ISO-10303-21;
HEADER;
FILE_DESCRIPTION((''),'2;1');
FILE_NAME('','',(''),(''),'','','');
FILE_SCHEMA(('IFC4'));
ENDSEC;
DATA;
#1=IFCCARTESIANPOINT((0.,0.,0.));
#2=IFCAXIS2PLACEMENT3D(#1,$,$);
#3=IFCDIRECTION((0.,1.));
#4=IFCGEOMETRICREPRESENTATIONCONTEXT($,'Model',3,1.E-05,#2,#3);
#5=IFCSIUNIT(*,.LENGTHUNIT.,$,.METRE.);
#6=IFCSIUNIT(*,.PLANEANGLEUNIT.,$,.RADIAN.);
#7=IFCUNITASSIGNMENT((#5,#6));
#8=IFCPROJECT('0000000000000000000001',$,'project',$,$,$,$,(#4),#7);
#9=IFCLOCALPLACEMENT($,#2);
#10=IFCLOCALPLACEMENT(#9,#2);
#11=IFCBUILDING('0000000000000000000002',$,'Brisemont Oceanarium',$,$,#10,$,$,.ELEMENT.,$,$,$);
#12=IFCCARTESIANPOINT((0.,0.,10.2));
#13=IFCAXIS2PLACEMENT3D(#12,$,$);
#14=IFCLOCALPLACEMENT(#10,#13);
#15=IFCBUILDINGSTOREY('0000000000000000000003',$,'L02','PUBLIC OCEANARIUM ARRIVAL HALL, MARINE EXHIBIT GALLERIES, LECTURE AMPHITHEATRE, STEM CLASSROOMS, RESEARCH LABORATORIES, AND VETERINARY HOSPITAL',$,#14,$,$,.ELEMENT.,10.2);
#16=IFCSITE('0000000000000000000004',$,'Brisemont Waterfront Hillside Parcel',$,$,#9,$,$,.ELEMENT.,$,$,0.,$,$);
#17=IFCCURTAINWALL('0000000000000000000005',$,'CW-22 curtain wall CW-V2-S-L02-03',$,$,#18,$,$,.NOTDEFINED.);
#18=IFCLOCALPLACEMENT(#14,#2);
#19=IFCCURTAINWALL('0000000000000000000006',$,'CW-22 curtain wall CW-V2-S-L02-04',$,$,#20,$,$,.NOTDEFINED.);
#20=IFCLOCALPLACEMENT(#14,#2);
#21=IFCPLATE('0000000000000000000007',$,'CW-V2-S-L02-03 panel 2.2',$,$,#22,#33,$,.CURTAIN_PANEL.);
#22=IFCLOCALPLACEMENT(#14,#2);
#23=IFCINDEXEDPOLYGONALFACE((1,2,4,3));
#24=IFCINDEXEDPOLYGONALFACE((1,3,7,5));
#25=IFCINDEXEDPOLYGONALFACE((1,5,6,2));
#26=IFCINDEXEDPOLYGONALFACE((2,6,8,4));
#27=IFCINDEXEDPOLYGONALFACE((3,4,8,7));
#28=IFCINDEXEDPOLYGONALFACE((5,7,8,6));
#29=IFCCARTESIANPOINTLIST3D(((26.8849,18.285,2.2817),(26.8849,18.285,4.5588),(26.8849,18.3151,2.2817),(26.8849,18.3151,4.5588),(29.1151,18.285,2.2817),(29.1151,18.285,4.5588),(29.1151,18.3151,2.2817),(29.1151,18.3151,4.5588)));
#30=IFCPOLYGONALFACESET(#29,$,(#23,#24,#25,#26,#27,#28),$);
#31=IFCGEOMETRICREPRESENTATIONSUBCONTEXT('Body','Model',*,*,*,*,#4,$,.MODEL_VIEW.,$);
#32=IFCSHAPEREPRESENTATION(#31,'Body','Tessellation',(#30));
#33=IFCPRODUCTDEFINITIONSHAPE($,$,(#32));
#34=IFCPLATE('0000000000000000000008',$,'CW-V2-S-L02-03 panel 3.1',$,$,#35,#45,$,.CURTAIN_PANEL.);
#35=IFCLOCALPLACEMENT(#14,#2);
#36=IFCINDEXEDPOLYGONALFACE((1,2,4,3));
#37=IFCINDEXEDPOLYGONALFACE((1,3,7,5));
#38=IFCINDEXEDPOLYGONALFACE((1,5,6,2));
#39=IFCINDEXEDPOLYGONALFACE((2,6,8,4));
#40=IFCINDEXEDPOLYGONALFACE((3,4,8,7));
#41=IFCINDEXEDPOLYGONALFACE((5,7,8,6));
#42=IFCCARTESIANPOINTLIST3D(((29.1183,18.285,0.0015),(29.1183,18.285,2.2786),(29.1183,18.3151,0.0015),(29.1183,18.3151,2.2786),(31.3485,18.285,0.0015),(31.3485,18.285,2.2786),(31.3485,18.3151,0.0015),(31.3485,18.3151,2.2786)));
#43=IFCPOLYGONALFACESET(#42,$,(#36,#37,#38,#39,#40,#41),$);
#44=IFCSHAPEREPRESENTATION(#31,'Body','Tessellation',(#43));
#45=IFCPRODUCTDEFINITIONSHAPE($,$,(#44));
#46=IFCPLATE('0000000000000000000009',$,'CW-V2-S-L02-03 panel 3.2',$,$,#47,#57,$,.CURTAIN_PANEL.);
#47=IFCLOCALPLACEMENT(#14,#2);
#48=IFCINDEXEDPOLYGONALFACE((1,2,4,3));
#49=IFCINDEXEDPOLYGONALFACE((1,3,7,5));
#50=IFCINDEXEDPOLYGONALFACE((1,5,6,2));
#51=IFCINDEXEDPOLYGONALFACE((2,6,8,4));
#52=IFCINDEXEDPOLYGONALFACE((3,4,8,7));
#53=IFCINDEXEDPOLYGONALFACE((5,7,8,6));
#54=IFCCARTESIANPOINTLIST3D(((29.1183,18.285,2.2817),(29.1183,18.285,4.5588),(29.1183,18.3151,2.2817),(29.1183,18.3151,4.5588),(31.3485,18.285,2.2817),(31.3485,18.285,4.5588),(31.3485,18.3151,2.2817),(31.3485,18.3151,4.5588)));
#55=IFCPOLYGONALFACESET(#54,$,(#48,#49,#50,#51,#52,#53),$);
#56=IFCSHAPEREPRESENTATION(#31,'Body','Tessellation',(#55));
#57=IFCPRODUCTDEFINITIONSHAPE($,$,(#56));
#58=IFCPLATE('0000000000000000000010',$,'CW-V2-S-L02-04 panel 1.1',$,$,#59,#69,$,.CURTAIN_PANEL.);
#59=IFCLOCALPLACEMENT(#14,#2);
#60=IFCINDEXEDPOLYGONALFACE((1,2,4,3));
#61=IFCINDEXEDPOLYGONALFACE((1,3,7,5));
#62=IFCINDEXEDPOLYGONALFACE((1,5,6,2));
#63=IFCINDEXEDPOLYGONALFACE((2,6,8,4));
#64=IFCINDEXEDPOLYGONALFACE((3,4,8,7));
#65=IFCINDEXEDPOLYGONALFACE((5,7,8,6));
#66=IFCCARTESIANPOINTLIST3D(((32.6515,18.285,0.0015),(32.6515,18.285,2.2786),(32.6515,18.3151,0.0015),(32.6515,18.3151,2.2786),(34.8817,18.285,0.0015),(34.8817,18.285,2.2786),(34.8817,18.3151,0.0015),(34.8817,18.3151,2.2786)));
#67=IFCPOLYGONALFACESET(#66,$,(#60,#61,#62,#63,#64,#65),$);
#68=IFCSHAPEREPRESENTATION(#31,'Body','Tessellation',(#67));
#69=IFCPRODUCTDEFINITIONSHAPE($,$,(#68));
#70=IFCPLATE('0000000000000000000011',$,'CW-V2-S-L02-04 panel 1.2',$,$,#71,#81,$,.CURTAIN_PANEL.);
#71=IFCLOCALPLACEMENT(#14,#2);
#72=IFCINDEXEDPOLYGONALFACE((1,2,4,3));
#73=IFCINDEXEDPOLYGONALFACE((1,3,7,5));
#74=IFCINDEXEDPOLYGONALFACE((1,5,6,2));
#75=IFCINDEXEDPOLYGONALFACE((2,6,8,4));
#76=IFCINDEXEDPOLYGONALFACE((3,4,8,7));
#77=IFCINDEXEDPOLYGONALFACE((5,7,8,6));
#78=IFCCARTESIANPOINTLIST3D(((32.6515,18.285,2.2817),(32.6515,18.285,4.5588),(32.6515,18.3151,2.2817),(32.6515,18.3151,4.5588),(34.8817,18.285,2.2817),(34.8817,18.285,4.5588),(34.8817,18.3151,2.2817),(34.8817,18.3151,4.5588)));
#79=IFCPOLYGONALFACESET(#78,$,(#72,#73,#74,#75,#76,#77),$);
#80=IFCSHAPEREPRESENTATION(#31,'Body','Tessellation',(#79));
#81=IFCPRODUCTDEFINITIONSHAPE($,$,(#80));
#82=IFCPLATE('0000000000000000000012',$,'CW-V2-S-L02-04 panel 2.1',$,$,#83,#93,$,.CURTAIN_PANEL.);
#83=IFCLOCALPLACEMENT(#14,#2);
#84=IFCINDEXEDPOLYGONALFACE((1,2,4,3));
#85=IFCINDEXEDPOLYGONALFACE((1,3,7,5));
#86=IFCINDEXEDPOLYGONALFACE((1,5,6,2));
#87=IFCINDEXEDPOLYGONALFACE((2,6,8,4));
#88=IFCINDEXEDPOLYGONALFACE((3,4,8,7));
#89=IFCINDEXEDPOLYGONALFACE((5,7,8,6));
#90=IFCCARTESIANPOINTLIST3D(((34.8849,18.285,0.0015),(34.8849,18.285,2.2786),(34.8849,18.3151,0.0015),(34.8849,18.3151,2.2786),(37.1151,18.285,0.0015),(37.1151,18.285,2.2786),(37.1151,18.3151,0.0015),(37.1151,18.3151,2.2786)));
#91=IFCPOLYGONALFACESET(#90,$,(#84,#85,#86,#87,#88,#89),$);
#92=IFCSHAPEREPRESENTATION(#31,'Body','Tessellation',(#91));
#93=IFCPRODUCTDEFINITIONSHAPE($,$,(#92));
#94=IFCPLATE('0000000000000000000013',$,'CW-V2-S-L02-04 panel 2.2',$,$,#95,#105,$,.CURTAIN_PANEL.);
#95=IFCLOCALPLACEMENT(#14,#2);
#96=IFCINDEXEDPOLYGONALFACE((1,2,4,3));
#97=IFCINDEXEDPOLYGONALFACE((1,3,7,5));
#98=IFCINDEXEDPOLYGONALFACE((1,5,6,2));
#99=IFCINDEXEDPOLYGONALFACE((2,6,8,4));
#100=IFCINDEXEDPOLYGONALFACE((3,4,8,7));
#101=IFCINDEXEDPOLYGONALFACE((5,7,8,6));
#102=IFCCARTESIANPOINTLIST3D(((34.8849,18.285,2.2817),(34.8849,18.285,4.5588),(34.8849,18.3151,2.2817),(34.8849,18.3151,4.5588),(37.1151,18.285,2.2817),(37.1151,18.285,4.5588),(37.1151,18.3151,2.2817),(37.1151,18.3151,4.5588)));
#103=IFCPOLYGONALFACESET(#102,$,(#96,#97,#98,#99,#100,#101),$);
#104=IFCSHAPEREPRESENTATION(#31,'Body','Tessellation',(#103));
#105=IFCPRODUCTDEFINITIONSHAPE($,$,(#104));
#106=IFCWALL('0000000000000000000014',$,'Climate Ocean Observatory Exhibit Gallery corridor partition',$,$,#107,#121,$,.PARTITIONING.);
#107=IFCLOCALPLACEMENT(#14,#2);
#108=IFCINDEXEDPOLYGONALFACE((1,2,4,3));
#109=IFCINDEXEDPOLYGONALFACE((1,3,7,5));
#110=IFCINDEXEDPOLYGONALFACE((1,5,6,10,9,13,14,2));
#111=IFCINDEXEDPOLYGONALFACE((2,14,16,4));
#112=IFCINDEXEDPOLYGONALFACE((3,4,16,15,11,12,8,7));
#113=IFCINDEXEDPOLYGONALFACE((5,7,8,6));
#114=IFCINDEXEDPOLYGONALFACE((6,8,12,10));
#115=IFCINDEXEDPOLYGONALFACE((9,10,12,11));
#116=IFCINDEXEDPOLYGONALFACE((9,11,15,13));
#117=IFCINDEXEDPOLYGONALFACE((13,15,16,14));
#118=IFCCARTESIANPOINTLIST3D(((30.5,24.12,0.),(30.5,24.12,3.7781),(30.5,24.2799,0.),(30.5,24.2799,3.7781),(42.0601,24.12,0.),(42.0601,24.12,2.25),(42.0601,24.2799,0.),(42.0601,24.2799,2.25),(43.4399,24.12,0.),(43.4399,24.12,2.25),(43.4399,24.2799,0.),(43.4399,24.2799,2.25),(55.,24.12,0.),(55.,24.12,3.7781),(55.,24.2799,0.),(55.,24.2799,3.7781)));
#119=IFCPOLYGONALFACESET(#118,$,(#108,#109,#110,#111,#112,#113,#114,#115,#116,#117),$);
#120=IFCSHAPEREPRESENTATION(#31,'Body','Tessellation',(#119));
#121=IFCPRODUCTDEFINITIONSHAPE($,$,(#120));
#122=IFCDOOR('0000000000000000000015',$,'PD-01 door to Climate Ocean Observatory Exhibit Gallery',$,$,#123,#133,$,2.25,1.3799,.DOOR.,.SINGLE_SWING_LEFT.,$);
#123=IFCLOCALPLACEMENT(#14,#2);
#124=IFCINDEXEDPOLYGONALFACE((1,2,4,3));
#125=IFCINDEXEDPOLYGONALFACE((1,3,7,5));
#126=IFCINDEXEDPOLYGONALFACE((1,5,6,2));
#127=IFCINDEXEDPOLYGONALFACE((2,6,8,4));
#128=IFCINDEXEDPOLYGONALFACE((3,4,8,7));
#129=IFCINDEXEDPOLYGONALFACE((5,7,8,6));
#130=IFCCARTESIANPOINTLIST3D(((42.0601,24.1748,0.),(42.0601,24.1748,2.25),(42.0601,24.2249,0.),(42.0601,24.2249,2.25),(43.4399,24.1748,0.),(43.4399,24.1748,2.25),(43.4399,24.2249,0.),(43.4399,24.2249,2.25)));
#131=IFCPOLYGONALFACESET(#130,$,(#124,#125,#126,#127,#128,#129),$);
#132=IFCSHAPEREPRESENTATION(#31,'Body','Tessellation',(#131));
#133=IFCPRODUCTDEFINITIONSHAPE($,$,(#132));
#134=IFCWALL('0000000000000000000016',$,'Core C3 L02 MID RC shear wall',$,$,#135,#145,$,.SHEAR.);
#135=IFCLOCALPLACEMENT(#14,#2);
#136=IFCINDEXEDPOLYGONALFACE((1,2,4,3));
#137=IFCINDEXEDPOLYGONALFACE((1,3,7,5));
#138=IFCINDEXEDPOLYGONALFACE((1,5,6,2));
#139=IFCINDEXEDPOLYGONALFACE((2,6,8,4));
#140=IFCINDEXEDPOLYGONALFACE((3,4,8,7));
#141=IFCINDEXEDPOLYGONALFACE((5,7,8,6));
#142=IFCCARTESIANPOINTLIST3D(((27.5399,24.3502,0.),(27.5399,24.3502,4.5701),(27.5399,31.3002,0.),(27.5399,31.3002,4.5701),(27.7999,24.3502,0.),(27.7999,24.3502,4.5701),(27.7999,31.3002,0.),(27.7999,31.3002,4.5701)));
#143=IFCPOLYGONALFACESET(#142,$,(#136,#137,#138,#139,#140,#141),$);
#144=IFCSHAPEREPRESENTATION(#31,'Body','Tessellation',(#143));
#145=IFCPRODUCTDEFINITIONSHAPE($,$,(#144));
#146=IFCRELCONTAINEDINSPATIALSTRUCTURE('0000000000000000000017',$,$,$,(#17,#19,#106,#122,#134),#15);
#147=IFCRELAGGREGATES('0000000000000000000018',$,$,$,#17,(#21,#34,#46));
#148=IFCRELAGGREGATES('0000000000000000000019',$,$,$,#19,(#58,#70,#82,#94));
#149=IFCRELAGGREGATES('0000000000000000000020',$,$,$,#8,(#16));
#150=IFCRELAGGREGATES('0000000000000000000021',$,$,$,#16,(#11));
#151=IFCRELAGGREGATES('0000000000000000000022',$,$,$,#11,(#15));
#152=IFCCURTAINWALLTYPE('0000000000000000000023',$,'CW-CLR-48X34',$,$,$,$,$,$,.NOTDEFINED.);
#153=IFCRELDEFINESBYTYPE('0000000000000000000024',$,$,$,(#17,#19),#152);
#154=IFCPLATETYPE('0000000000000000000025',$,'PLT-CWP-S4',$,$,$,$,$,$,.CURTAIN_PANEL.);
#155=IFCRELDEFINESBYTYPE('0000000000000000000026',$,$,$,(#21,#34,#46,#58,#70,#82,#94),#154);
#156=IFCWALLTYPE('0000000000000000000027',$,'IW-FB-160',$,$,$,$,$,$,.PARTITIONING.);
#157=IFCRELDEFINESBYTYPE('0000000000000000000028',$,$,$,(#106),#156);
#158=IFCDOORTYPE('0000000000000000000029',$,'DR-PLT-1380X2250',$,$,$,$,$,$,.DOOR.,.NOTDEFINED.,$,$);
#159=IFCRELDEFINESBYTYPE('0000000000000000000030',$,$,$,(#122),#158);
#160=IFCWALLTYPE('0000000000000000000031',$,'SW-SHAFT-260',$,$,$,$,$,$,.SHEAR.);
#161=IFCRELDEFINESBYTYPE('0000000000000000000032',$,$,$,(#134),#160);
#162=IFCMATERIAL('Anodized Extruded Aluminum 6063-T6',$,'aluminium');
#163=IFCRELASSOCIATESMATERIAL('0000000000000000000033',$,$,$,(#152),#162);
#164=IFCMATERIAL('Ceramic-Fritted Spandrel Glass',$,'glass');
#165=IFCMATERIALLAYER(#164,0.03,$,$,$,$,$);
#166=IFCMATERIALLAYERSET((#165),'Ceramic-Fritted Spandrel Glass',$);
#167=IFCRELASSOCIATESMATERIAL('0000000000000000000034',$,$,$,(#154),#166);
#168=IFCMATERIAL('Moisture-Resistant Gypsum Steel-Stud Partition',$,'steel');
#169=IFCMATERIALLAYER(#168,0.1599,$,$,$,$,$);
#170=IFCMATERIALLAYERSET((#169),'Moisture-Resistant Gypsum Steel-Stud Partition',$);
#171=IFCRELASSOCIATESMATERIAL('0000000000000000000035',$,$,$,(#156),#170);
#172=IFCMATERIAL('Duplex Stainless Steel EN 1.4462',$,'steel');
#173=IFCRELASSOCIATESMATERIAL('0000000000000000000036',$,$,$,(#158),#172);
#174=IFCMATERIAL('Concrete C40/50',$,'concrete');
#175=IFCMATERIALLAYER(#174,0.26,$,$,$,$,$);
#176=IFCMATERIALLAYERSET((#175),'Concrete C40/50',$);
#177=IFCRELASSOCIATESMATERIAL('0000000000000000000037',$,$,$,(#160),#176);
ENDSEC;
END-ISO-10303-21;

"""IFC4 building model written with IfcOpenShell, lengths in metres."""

from ifc_helpers import new_model, si_unit, direction, frame, frame_2d, origin, origin_2d, place, context, subcontext, project, spatial, rectangle, extrude, material, layer, layer_set, type_object, element, fill, aggregate, save


model = new_model("IFC4")

# Units and contexts
model_context = context("Model", 3, precision=1e-05, world=origin(), true_north=direction((0.0, 1.0)))
body_context = subcontext(model_context, "Body", "Model", "MODEL_VIEW")
ifc_project = project(units=[si_unit("LENGTHUNIT", "METRE"), si_unit("PLANEANGLEUNIT", "RADIAN")], contexts=[model_context])

# Site, building, storey
site_placement = place(None, origin())
site = spatial("IfcSite", under=ifc_project, at=site_placement, Name="Brisemont Waterfront Hillside Parcel", CompositionType="ELEMENT", RefElevation=0.0)
building_placement = place(site_placement, origin())
building = spatial("IfcBuilding", under=site, at=building_placement, Name="Brisemont Oceanarium", CompositionType="ELEMENT")
storey_placement = place(building_placement, frame((0.0, 0.0, 10.2)))
storey = spatial("IfcBuildingStorey", under=building, at=storey_placement, Name="L02", Description="PUBLIC OCEANARIUM ARRIVAL HALL, MARINE EXHIBIT GALLERIES, LECTURE AMPHITHEATRE, STEM CLASSROOMS, RESEARCH LABORATORIES, AND VETERINARY HOSPITAL", CompositionType="ELEMENT", Elevation=10.2)

# Curtain walls
ifc_material_1 = material(Name="Anodized Extruded Aluminum 6063-T6", Category="aluminium")
curtain_wall_type = type_object("IfcCurtainWallType", Name="CW-CLR-48X34", PredefinedType="NOTDEFINED", material=ifc_material_1)
curtain_wall_1_placement = place(storey_placement, origin())
curtain_wall_1 = element("IfcCurtainWall", 1, at=curtain_wall_1_placement, inside=storey, type_object=curtain_wall_type, Name="CW-22 curtain wall CW-V2-S-L02-03", PredefinedType="NOTDEFINED")
curtain_wall_2_placement = place(storey_placement, origin())
curtain_wall_2 = element("IfcCurtainWall", 2, at=curtain_wall_2_placement, inside=storey, type_object=curtain_wall_type, Name="CW-22 curtain wall CW-V2-S-L02-04", PredefinedType="NOTDEFINED")

# Plates
ifc_material_2 = material(Name="Ceramic-Fritted Spandrel Glass", Category="glass")
ifc_layer_1 = layer(ifc_material_2, 0.03)
ifc_layer_set_1 = layer_set([ifc_layer_1], Name="Ceramic-Fritted Spandrel Glass")
plate_type = type_object("IfcPlateType", Name="PLT-CWP-S4", PredefinedType="CURTAIN_PANEL", material=ifc_layer_set_1)
plate_1_placement = place(storey_placement, frame((28.0, 18.3, 2.2817), z_axis=(0.0, 0.0, 1.0), x_axis=(1.0, 0.0, 0.0)))
plate_1 = element("IfcPlate", 3, at=plate_1_placement, type_object=plate_type, Name="CW-V2-S-L02-03 panel 2.2", PredefinedType="CURTAIN_PANEL", context=body_context, shape_type="SweptSolid", body=[
    extrude(rectangle(XDim=2.2302, YDim=0.03, at=origin_2d()), origin(), (0.0, 0.0, 1.0), 2.2771),
])
plate_2_placement = place(storey_placement, frame((30.2334, 18.3, 0.0015), z_axis=(0.0, 0.0, 1.0), x_axis=(1.0, 0.0, 0.0)))
plate_2 = element("IfcPlate", 4, at=plate_2_placement, type_object=plate_type, Name="CW-V2-S-L02-03 panel 3.1", PredefinedType="CURTAIN_PANEL", context=body_context, shape_type="SweptSolid", body=[
    extrude(rectangle(XDim=2.2302, YDim=0.03, at=origin_2d()), origin(), (0.0, 0.0, 1.0), 2.2771),
])
plate_3_placement = place(storey_placement, frame((30.2334, 18.3, 2.2817), z_axis=(0.0, 0.0, 1.0), x_axis=(1.0, 0.0, 0.0)))
plate_3 = element("IfcPlate", 5, at=plate_3_placement, type_object=plate_type, Name="CW-V2-S-L02-03 panel 3.2", PredefinedType="CURTAIN_PANEL", context=body_context, shape_type="SweptSolid", body=[
    extrude(rectangle(XDim=2.2302, YDim=0.03, at=origin_2d()), origin(), (0.0, 0.0, 1.0), 2.2771),
])
aggregate(curtain_wall_1, [plate_1, plate_2, plate_3])
plate_4_placement = place(storey_placement, frame((33.7666, 18.3, 0.0015), z_axis=(0.0, 0.0, 1.0), x_axis=(1.0, 0.0, 0.0)))
plate_4 = element("IfcPlate", 6, at=plate_4_placement, type_object=plate_type, Name="CW-V2-S-L02-04 panel 1.1", PredefinedType="CURTAIN_PANEL", context=body_context, shape_type="SweptSolid", body=[
    extrude(rectangle(XDim=2.2302, YDim=0.03, at=origin_2d()), origin(), (0.0, 0.0, 1.0), 2.2771),
])
plate_5_placement = place(storey_placement, frame((33.7666, 18.3, 2.2817), z_axis=(0.0, 0.0, 1.0), x_axis=(1.0, 0.0, 0.0)))
plate_5 = element("IfcPlate", 7, at=plate_5_placement, type_object=plate_type, Name="CW-V2-S-L02-04 panel 1.2", PredefinedType="CURTAIN_PANEL", context=body_context, shape_type="SweptSolid", body=[
    extrude(rectangle(XDim=2.2302, YDim=0.03, at=origin_2d()), origin(), (0.0, 0.0, 1.0), 2.2771),
])
plate_6_placement = place(storey_placement, frame((36.0, 18.3, 0.0015), z_axis=(0.0, 0.0, 1.0), x_axis=(1.0, 0.0, 0.0)))
plate_6 = element("IfcPlate", 8, at=plate_6_placement, type_object=plate_type, Name="CW-V2-S-L02-04 panel 2.1", PredefinedType="CURTAIN_PANEL", context=body_context, shape_type="SweptSolid", body=[
    extrude(rectangle(XDim=2.2302, YDim=0.03, at=origin_2d()), origin(), (0.0, 0.0, 1.0), 2.2771),
])
plate_7_placement = place(storey_placement, frame((36.0, 18.3, 2.2817), z_axis=(0.0, 0.0, 1.0), x_axis=(1.0, 0.0, 0.0)))
plate_7 = element("IfcPlate", 9, at=plate_7_placement, type_object=plate_type, Name="CW-V2-S-L02-04 panel 2.2", PredefinedType="CURTAIN_PANEL", context=body_context, shape_type="SweptSolid", body=[
    extrude(rectangle(XDim=2.2302, YDim=0.03, at=origin_2d()), origin(), (0.0, 0.0, 1.0), 2.2771),
])
aggregate(curtain_wall_2, [plate_4, plate_5, plate_6, plate_7])

# Wall, opening, door
ifc_material_3 = material(Name="Moisture-Resistant Gypsum Steel-Stud Partition", Category="steel")
ifc_layer_2 = layer(ifc_material_3, 0.1599)
ifc_layer_set_2 = layer_set([ifc_layer_2], Name="Moisture-Resistant Gypsum Steel-Stud Partition")
wall_type_1 = type_object("IfcWallType", Name="IW-FB-160", PredefinedType="PARTITIONING", material=ifc_layer_set_2)
wall_1_placement = place(storey_placement, frame((30.5, 24.2, 0.0), z_axis=(0.0, 0.0, 1.0), x_axis=(1.0, 0.0, 0.0)))
wall_1 = element("IfcWall", 10, at=wall_1_placement, inside=storey, type_object=wall_type_1, Name="Climate Ocean Observatory Exhibit Gallery corridor partition", PredefinedType="PARTITIONING", context=body_context, shape_type="SweptSolid", body=[
    extrude(rectangle(XDim=24.5, YDim=0.1599, at=frame_2d((12.25, 0.0))), origin(), (0.0, 0.0, 1.0), 3.7781),
])
opening_placement = place(wall_1_placement, frame((11.5601, 0.0, 0.0)))
opening = element("IfcOpeningElement", 11, at=opening_placement, cuts=wall_1, PredefinedType="OPENING", context=body_context, shape_type="SweptSolid", body=[
    extrude(rectangle(XDim=1.3799, YDim=2.25, at=frame_2d((0.6899, 1.125))), frame((0.0, 0.0898, 0.0), z_axis=(0.0, -1.0, 0.0), x_axis=(1.0, 0.0, 0.0)), (0.0, 0.0, 1.0), 0.1799),
])
ifc_material_4 = material(Name="Duplex Stainless Steel EN 1.4462", Category="steel")
door_type = type_object("IfcDoorType", Name="DR-PLT-1380X2250", OperationType="NOTDEFINED", PredefinedType="DOOR", material=ifc_material_4)
door_placement = place(opening_placement, origin())
door = element("IfcDoor", 12, at=door_placement, inside=storey, type_object=door_type, Name="PD-01 door to Climate Ocean Observatory Exhibit Gallery", OperationType="SINGLE_SWING_LEFT", OverallHeight=2.25, OverallWidth=1.3799, PredefinedType="DOOR", context=body_context, shape_type="SweptSolid", body=[
    extrude(rectangle(XDim=1.3799, YDim=2.25, at=frame_2d((0.6899, 1.125))), frame((0.0, 0.0249, 0.0), z_axis=(0.0, -1.0, 0.0), x_axis=(1.0, 0.0, 0.0)), (0.0, 0.0, 1.0), 0.05),
])
fill(opening, door)

# Wall
ifc_material_5 = material(Name="Concrete C40/50", Category="concrete")
ifc_layer_3 = layer(ifc_material_5, 0.26)
ifc_layer_set_3 = layer_set([ifc_layer_3], Name="Concrete C40/50")
wall_type_2 = type_object("IfcWallType", Name="SW-SHAFT-260", PredefinedType="SHEAR", material=ifc_layer_set_3)
wall_2_placement = place(storey_placement, frame((27.6699, 24.3501, 0.0), z_axis=(0.0, 0.0, 1.0), x_axis=(0.0, 1.0, 0.0)))
element("IfcWall", 13, at=wall_2_placement, inside=storey, type_object=wall_type_2, Name="Core C3 L02 MID RC shear wall", PredefinedType="SHEAR", context=body_context, shape_type="SweptSolid", body=[
    extrude(rectangle(XDim=6.95, YDim=0.26, at=frame_2d((3.4751, 0.0))), origin(), (0.0, 0.0, 1.0), 4.5701),
])

save(model, "model.ifc")
